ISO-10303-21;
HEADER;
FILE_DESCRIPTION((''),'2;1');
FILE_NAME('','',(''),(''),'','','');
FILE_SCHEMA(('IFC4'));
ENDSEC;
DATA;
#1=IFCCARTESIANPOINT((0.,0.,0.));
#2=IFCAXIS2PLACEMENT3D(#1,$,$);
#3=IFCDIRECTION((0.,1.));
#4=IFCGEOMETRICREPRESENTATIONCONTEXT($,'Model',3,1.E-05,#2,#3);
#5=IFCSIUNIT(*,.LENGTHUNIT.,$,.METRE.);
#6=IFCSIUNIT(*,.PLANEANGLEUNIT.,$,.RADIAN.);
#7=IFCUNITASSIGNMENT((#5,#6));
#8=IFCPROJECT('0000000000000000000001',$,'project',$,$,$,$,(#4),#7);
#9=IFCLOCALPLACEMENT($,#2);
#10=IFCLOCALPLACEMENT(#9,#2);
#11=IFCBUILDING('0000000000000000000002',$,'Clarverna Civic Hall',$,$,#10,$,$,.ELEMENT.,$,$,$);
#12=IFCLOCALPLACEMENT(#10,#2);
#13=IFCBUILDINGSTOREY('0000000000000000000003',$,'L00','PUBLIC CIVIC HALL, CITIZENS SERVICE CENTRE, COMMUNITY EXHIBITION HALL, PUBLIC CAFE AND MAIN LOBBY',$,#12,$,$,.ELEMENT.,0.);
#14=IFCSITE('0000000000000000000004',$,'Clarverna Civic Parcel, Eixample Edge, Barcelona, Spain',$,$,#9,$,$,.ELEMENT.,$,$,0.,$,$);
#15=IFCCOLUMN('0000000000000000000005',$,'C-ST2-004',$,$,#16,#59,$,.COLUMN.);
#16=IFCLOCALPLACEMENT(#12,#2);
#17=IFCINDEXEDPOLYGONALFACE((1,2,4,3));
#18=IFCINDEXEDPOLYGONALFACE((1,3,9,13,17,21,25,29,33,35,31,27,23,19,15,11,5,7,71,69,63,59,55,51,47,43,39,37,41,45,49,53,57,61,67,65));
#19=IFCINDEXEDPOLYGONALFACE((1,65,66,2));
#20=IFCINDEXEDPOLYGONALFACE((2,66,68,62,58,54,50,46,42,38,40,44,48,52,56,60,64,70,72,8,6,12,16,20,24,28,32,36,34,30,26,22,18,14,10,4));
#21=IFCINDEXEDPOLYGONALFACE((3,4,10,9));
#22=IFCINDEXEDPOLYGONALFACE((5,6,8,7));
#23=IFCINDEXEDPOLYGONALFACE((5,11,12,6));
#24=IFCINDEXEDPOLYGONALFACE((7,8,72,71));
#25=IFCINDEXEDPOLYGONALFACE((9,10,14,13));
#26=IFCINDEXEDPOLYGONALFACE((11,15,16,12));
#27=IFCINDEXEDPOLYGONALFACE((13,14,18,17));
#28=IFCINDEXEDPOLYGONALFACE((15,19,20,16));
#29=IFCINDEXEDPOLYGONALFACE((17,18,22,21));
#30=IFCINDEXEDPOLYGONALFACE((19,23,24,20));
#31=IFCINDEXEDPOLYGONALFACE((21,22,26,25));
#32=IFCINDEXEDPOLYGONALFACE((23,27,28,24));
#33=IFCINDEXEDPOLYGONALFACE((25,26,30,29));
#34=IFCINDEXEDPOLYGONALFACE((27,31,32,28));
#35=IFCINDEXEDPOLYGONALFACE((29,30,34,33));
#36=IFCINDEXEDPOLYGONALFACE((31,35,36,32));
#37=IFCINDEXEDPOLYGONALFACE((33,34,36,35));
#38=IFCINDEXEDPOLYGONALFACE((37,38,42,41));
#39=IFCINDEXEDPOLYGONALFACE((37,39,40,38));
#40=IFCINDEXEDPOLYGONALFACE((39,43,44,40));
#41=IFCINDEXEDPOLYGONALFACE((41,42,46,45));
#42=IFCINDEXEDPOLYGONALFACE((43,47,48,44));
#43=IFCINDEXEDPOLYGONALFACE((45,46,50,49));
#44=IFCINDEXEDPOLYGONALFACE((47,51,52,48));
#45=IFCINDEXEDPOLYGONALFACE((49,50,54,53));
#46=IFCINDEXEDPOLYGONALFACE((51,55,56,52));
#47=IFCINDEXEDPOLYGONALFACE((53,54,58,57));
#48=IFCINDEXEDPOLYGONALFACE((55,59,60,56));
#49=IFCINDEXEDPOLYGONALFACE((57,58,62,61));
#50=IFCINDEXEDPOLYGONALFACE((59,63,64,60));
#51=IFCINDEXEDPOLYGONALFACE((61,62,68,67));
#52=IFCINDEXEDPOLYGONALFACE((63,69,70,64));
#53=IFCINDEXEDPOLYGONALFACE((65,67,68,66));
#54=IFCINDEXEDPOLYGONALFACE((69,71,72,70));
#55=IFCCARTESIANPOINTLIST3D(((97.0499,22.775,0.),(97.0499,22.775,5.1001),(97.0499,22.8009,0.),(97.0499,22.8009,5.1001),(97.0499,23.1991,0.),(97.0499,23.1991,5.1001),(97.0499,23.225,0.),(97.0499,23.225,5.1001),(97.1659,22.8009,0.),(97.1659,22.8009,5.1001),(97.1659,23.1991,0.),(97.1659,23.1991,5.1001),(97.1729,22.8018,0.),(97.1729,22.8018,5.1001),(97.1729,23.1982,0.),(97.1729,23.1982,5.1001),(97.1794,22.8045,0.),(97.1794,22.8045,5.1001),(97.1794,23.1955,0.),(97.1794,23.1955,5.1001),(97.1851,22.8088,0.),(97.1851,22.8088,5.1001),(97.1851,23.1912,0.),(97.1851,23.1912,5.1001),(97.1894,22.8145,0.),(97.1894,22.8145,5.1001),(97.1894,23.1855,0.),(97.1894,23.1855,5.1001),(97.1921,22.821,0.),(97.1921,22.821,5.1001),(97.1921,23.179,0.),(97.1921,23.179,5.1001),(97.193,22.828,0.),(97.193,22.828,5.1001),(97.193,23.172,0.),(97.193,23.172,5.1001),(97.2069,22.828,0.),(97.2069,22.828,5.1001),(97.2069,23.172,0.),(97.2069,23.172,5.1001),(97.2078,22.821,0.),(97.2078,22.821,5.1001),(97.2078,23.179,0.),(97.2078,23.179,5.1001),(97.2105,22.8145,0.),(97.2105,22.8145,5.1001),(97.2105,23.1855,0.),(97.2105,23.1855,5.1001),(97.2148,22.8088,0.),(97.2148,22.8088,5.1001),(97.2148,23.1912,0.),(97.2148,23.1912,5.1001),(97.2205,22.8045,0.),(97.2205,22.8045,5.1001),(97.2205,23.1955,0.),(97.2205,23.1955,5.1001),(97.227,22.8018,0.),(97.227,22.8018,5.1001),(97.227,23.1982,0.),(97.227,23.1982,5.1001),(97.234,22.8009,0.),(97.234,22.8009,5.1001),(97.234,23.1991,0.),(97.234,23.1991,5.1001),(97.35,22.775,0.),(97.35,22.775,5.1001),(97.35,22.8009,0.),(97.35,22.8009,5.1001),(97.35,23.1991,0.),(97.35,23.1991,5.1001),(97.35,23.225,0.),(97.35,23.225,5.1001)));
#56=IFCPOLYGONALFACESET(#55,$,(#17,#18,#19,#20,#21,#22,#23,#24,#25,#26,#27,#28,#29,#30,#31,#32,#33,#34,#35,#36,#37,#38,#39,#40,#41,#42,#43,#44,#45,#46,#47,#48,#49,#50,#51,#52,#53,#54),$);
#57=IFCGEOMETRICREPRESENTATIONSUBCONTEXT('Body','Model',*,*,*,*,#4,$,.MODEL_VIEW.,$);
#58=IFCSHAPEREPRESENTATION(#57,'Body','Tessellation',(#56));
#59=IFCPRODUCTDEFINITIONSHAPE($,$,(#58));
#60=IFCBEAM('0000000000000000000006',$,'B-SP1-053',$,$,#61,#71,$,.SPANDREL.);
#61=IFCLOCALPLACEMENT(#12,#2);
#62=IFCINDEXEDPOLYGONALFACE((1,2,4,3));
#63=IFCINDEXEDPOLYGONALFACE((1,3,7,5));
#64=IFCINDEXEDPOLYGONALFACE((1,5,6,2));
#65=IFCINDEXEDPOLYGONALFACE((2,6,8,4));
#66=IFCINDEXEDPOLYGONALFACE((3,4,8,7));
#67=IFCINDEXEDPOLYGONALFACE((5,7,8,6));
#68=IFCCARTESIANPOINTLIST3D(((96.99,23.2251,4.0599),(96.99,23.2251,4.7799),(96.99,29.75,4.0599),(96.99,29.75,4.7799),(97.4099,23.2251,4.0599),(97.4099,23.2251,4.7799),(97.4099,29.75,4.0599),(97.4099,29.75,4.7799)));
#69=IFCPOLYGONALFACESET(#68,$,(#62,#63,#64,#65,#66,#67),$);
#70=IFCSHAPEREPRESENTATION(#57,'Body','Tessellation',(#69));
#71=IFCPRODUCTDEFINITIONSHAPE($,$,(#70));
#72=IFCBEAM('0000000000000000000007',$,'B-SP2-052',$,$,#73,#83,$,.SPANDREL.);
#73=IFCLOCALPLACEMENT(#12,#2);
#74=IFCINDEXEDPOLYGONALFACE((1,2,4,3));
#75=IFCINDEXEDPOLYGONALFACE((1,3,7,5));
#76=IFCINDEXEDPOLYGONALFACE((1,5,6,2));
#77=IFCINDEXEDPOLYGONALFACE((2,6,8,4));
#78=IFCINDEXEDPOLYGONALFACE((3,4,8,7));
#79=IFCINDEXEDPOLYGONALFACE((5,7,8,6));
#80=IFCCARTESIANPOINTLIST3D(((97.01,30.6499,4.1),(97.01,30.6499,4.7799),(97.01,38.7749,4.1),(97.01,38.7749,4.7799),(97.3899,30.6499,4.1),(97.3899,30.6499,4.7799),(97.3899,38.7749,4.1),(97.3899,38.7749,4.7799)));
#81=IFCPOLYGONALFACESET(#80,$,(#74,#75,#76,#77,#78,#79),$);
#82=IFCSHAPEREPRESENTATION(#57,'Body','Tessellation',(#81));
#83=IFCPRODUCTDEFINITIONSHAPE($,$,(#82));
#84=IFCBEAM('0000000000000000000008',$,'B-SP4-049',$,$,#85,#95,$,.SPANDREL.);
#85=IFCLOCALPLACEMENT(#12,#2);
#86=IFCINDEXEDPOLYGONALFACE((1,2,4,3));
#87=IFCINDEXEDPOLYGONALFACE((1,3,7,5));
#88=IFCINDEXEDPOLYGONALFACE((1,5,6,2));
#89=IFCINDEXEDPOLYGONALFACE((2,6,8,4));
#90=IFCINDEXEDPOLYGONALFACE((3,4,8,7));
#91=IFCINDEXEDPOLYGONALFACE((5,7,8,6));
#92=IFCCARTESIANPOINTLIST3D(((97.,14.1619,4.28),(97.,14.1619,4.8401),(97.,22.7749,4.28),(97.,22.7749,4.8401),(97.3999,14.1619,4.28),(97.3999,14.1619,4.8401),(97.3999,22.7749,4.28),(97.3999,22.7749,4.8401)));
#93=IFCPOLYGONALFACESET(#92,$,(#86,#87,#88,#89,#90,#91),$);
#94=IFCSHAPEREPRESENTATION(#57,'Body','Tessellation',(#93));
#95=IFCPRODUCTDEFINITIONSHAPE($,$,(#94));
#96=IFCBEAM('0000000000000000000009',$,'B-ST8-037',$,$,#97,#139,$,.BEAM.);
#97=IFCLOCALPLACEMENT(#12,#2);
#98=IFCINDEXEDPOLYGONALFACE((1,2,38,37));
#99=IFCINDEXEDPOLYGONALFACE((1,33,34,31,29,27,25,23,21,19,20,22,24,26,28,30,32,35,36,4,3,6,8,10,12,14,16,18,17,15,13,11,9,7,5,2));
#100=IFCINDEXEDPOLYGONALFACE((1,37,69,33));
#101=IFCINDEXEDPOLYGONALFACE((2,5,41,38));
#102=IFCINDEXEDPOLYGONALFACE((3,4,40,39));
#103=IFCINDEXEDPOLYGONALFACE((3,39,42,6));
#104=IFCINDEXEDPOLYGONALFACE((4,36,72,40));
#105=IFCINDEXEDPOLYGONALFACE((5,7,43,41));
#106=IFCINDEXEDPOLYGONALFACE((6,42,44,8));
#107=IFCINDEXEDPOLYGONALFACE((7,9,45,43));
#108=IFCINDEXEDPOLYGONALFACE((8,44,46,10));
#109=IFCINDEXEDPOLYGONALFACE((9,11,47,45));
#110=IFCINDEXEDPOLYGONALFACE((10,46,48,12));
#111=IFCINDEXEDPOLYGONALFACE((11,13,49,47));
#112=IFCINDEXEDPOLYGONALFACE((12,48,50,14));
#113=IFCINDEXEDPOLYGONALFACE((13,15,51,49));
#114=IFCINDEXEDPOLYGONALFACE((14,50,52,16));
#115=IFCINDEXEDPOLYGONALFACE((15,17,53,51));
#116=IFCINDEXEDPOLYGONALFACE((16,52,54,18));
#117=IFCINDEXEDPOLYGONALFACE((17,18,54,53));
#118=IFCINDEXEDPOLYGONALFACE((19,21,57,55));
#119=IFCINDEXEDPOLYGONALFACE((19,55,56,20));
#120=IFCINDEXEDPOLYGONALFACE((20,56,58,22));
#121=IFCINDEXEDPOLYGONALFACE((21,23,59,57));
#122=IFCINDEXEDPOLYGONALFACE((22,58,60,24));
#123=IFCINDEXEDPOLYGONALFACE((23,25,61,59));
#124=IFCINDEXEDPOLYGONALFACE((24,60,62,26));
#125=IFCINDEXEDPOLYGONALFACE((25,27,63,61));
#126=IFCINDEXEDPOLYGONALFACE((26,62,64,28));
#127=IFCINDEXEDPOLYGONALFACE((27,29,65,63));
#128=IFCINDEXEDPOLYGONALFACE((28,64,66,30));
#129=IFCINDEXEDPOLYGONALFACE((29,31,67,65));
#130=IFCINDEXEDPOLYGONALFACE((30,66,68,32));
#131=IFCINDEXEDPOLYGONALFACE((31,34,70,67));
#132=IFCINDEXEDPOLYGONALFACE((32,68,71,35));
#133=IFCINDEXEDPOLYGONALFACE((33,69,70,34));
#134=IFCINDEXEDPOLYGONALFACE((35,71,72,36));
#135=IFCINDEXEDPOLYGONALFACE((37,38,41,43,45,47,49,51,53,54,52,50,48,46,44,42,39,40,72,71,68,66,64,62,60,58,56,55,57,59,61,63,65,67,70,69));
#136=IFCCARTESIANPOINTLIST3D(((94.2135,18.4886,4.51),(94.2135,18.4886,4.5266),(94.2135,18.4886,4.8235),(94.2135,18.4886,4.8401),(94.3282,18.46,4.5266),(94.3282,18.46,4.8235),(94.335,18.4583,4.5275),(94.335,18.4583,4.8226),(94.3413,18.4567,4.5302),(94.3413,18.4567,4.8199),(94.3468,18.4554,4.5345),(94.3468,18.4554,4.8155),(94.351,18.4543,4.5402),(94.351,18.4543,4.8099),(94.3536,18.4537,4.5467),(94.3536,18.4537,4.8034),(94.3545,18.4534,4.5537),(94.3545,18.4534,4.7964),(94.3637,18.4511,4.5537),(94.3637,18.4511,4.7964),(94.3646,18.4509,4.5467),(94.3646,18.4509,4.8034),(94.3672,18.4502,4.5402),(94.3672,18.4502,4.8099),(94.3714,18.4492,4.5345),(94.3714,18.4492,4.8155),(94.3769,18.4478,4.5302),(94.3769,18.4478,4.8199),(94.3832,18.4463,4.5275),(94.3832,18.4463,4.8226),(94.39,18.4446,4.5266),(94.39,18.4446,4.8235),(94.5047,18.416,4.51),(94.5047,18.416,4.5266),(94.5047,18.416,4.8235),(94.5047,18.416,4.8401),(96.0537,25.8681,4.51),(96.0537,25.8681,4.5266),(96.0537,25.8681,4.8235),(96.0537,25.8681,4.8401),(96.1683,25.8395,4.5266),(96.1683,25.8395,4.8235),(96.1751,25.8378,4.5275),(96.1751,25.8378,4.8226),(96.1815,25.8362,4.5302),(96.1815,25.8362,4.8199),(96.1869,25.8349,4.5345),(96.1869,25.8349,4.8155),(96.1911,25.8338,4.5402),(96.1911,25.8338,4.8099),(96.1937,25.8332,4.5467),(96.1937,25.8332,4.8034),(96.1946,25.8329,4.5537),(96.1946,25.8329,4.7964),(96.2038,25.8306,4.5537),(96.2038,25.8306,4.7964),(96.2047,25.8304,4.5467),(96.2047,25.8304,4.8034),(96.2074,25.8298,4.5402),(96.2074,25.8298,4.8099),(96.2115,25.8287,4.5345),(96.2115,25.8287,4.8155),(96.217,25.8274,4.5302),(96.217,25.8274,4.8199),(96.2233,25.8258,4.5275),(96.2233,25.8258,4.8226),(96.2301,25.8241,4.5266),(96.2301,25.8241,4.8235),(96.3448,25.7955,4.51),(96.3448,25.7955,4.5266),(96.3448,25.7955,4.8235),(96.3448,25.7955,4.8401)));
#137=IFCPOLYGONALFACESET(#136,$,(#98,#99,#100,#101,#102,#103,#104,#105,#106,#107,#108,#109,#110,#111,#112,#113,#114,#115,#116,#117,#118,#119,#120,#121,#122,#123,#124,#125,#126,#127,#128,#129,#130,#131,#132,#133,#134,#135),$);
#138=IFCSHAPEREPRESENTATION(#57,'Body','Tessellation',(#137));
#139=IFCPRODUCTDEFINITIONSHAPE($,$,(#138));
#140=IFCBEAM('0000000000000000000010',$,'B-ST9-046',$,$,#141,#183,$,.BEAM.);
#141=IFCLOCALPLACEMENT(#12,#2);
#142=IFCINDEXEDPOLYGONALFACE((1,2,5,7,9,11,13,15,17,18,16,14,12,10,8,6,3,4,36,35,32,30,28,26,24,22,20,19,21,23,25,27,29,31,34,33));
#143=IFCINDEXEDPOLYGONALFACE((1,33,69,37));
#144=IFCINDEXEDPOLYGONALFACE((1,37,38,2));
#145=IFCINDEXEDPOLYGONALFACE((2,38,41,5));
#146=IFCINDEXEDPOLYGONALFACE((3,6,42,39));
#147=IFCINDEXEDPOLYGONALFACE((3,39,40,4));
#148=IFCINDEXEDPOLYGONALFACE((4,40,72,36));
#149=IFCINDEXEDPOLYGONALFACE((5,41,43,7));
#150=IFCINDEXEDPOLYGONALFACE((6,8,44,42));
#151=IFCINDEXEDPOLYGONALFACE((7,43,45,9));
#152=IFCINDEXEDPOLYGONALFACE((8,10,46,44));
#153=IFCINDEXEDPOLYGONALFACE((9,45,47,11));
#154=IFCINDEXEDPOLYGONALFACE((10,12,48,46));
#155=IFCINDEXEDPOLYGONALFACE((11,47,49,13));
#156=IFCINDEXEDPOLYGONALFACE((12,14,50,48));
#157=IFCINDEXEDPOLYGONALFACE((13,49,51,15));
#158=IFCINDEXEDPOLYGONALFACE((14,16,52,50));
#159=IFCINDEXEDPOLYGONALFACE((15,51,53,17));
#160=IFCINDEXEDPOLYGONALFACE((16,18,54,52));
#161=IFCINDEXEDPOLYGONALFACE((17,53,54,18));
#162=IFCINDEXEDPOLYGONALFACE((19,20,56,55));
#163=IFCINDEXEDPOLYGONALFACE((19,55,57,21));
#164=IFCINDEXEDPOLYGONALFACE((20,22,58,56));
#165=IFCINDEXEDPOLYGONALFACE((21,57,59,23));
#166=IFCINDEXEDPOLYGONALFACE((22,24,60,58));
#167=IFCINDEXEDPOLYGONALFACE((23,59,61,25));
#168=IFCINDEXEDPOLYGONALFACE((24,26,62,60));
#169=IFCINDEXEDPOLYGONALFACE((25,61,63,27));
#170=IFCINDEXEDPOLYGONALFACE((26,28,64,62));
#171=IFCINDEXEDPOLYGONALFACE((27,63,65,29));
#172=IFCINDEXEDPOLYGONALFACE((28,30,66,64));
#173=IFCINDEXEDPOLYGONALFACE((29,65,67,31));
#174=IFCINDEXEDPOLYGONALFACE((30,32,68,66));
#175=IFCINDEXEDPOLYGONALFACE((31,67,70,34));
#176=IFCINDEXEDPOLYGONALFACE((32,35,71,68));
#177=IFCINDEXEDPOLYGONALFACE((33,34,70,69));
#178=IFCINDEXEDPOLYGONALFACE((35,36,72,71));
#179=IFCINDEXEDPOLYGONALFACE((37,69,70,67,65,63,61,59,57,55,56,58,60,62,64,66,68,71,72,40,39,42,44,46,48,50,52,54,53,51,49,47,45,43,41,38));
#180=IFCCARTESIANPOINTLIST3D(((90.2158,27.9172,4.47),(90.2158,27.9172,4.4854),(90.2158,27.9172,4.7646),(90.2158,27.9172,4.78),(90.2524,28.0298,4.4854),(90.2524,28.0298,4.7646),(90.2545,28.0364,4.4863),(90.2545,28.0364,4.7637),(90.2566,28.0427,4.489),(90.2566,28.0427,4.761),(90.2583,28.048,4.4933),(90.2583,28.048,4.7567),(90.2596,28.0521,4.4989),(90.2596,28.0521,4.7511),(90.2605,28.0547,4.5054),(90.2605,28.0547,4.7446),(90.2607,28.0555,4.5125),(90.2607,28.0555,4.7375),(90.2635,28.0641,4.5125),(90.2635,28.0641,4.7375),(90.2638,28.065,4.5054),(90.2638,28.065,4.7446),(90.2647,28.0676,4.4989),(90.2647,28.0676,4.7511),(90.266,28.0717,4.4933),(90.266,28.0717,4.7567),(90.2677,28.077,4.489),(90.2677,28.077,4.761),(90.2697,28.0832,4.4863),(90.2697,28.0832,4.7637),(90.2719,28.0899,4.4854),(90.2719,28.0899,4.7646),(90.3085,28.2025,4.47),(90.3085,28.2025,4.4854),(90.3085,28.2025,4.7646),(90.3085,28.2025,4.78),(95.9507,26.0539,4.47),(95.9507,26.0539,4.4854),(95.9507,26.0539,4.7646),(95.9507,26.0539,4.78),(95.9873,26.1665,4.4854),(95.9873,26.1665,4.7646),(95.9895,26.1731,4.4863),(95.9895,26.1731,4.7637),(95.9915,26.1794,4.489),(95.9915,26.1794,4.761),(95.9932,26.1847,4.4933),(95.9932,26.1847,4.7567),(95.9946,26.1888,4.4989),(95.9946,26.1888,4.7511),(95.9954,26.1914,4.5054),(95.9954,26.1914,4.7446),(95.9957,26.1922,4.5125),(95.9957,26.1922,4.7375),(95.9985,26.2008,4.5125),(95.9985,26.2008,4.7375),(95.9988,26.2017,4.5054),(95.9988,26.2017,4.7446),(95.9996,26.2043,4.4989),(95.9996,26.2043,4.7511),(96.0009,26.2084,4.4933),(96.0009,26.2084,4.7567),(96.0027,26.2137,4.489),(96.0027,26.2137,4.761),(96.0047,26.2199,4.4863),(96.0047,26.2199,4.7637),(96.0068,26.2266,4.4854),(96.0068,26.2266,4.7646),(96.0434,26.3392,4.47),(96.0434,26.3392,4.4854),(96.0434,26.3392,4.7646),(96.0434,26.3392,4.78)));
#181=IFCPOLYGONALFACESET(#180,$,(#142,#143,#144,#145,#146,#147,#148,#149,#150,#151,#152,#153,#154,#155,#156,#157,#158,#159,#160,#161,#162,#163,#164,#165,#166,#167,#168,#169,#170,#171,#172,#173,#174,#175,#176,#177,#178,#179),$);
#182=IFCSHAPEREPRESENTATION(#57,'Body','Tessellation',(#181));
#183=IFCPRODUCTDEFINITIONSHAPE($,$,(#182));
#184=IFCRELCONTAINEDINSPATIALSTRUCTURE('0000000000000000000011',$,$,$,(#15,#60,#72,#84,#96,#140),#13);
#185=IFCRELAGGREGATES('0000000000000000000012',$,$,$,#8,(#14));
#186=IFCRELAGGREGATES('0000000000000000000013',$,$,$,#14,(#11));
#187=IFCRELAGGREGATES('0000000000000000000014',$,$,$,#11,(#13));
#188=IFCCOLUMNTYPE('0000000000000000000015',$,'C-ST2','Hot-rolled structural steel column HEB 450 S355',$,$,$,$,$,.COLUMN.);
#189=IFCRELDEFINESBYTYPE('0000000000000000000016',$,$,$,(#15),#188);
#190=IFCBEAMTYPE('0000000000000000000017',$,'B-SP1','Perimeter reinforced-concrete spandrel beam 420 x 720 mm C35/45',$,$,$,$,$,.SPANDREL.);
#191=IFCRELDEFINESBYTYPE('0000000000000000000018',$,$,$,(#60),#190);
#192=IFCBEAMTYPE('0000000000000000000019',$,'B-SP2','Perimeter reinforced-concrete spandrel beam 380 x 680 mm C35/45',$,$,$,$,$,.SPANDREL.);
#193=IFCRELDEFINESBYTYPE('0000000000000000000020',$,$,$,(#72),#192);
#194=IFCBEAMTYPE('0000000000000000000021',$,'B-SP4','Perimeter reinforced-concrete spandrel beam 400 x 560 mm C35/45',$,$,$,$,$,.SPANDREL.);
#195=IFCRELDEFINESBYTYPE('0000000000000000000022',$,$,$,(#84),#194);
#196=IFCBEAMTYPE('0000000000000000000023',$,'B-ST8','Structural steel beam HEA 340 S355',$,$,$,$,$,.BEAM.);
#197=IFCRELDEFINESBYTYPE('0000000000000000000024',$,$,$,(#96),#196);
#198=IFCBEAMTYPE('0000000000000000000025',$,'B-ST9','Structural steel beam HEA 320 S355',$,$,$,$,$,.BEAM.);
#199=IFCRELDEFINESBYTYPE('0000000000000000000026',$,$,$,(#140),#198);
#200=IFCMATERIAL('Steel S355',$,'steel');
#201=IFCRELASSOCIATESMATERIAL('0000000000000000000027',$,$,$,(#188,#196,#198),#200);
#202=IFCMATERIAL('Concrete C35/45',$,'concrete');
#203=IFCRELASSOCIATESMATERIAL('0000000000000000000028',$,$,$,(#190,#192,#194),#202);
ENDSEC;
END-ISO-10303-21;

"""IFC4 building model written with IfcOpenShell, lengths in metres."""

from ifc_helpers import new_model, si_unit, direction, frame, origin, origin_2d, place, context, subcontext, project, spatial, rectangle, i_section, extrude, material, material_profile, profile_set, type_object, element, save


model = new_model("IFC4")

# Units and contexts
model_context = context("Model", 3, precision=1e-05, world=origin(), true_north=direction((0.0, 1.0)))
body_context = subcontext(model_context, "Body", "Model", "MODEL_VIEW")
ifc_project = project(units=[si_unit("LENGTHUNIT", "METRE"), si_unit("PLANEANGLEUNIT", "RADIAN")], contexts=[model_context])

# Site, building, storey
site_placement = place(None, origin())
site = spatial("IfcSite", under=ifc_project, at=site_placement, Name="Clarverna Civic Parcel, Eixample Edge, Barcelona, Spain", CompositionType="ELEMENT", RefElevation=0.0)
building_placement = place(site_placement, origin())
building = spatial("IfcBuilding", under=site, at=building_placement, Name="Clarverna Civic Hall", CompositionType="ELEMENT")
storey_placement = place(building_placement, origin())
storey = spatial("IfcBuildingStorey", under=building, at=storey_placement, Name="L00", Description="PUBLIC CIVIC HALL, CITIZENS SERVICE CENTRE, COMMUNITY EXHIBITION HALL, PUBLIC CAFE AND MAIN LOBBY", CompositionType="ELEMENT", Elevation=0.0)

# Column
ifc_material_1 = material(Name="Concrete C35/45", Category="concrete")
ifc_material_2 = material(Name="Steel S355", Category="steel")
ifc_material_profile_1 = material_profile(ifc_material_2, i_section(OverallWidth=0.3, OverallDepth=0.45, WebThickness=0.0139, FlangeThickness=0.0259, FilletRadius=0.0271, at=origin_2d()), Name="HEB 450")
ifc_profile_set_1 = profile_set([ifc_material_profile_1], Name="Steel S355")
column_type_1 = type_object("IfcColumnType", Name="C-ST2", Description="Hot-rolled structural steel column HEB 450 S355", PredefinedType="COLUMN", material=ifc_profile_set_1)
column_1_placement = place(storey_placement, frame((97.2, 23.0, 0.0), z_axis=(0.0, 0.0, 1.0), x_axis=(1.0, 0.0, 0.0)))
element("IfcColumn", 1, at=column_1_placement, inside=storey, type_object=column_type_1, Name="C-ST2-004", PredefinedType="COLUMN", context=body_context, shape_type="SweptSolid", body=[
    extrude(i_section(OverallWidth=0.3, OverallDepth=0.45, WebThickness=0.0139, FlangeThickness=0.0259, FilletRadius=0.0271, at=origin_2d()), origin(), (0.0, 0.0, 1.0), 5.1001),
])

# Beams
ifc_material_profile_2 = material_profile(ifc_material_1, rectangle(XDim=0.4199, YDim=0.72, at=origin_2d()), Name="RC 420x720")
ifc_profile_set_2 = profile_set([ifc_material_profile_2], Name="Concrete C35/45")
beam_type_1 = type_object("IfcBeamType", Name="B-SP1", Description="Perimeter reinforced-concrete spandrel beam 420 x 720 mm C35/45", PredefinedType="SPANDREL", material=ifc_profile_set_2)
beam_1_placement = place(storey_placement, frame((97.2, 23.2251, 4.4199), z_axis=(0.0, 1.0, 0.0), x_axis=(-1.0, 0.0, 0.0)))
element("IfcBeam", 2, at=beam_1_placement, inside=storey, type_object=beam_type_1, Name="B-SP1-053", PredefinedType="SPANDREL", context=body_context, shape_type="SweptSolid", body=[
    extrude(rectangle(XDim=0.4199, YDim=0.72, at=origin_2d()), origin(), (0.0, 0.0, 1.0), 6.5249),
])
ifc_material_profile_3 = material_profile(ifc_material_1, rectangle(XDim=0.3799, YDim=0.6799, at=origin_2d()), Name="RC 380x680")
ifc_profile_set_3 = profile_set([ifc_material_profile_3], Name="Concrete C35/45")
beam_type_2 = type_object("IfcBeamType", Name="B-SP2", Description="Perimeter reinforced-concrete spandrel beam 380 x 680 mm C35/45", PredefinedType="SPANDREL", material=ifc_profile_set_3)
beam_2_placement = place(storey_placement, frame((97.2, 30.6499, 4.4399), z_axis=(0.0, 1.0, 0.0), x_axis=(-1.0, 0.0, 0.0)))
element("IfcBeam", 3, at=beam_2_placement, inside=storey, type_object=beam_type_2, Name="B-SP2-052", PredefinedType="SPANDREL", context=body_context, shape_type="SweptSolid", body=[
    extrude(rectangle(XDim=0.3799, YDim=0.6799, at=origin_2d()), origin(), (0.0, 0.0, 1.0), 8.125),
])
ifc_material_profile_4 = material_profile(ifc_material_1, rectangle(XDim=0.3999, YDim=0.5601, at=origin_2d()), Name="RC 400x560")
ifc_profile_set_4 = profile_set([ifc_material_profile_4], Name="Concrete C35/45")
beam_type_3 = type_object("IfcBeamType", Name="B-SP4", Description="Perimeter reinforced-concrete spandrel beam 400 x 560 mm C35/45", PredefinedType="SPANDREL", material=ifc_profile_set_4)
beam_3_placement = place(storey_placement, frame((97.2, 14.1619, 4.5601), z_axis=(0.0, 1.0, 0.0), x_axis=(-1.0, 0.0, 0.0)))
element("IfcBeam", 4, at=beam_3_placement, inside=storey, type_object=beam_type_3, Name="B-SP4-049", PredefinedType="SPANDREL", context=body_context, shape_type="SweptSolid", body=[
    extrude(rectangle(XDim=0.3999, YDim=0.5601, at=origin_2d()), origin(), (0.0, 0.0, 1.0), 8.613),
])
ifc_material_profile_5 = material_profile(ifc_material_2, i_section(OverallWidth=0.3, OverallDepth=0.3301, WebThickness=0.0095, FlangeThickness=0.0166, FilletRadius=0.0271, at=origin_2d()), Name="HEA 340")
ifc_profile_set_5 = profile_set([ifc_material_profile_5], Name="Steel S355")
beam_type_4 = type_object("IfcBeamType", Name="B-ST8", Description="Structural steel beam HEA 340 S355", PredefinedType="BEAM", material=ifc_profile_set_5)
beam_4_placement = place(storey_placement, frame((96.1992, 25.8318, 4.675), z_axis=(-0.241946, -0.97029, 0.0), x_axis=(0.97029, -0.241946, 0.0)))
element("IfcBeam", 5, at=beam_4_placement, inside=storey, type_object=beam_type_4, Name="B-ST8-037", PredefinedType="BEAM", context=body_context, shape_type="SweptSolid", body=[
    extrude(i_section(OverallWidth=0.3, OverallDepth=0.3301, WebThickness=0.0095, FlangeThickness=0.0166, FilletRadius=0.0271, at=origin_2d()), origin(), (0.0, 0.0, 1.0), 7.6055),
])
ifc_material_profile_6 = material_profile(ifc_material_2, i_section(OverallWidth=0.3, OverallDepth=0.3101, WebThickness=0.009, FlangeThickness=0.0154, FilletRadius=0.0271, at=origin_2d()), Name="HEA 320")
ifc_profile_set_6 = profile_set([ifc_material_profile_6], Name="Steel S355")
beam_type_5 = type_object("IfcBeamType", Name="B-ST9", Description="Structural steel beam HEA 320 S355", PredefinedType="BEAM", material=ifc_profile_set_6)
beam_5_placement = place(storey_placement, frame((95.9971, 26.1965, 4.625), z_axis=(-0.951061, 0.309004, 0.0), x_axis=(-0.309004, -0.951061, 0.0)))
element("IfcBeam", 6, at=beam_5_placement, inside=storey, type_object=beam_type_5, Name="B-ST9-046", PredefinedType="BEAM", context=body_context, shape_type="SweptSolid", body=[
    extrude(i_section(OverallWidth=0.3, OverallDepth=0.3101, WebThickness=0.009, FlangeThickness=0.0154, FilletRadius=0.0271, at=origin_2d()), origin(), (0.0, 0.0, 1.0), 6.03),
])

save(model, "model.ifc")
